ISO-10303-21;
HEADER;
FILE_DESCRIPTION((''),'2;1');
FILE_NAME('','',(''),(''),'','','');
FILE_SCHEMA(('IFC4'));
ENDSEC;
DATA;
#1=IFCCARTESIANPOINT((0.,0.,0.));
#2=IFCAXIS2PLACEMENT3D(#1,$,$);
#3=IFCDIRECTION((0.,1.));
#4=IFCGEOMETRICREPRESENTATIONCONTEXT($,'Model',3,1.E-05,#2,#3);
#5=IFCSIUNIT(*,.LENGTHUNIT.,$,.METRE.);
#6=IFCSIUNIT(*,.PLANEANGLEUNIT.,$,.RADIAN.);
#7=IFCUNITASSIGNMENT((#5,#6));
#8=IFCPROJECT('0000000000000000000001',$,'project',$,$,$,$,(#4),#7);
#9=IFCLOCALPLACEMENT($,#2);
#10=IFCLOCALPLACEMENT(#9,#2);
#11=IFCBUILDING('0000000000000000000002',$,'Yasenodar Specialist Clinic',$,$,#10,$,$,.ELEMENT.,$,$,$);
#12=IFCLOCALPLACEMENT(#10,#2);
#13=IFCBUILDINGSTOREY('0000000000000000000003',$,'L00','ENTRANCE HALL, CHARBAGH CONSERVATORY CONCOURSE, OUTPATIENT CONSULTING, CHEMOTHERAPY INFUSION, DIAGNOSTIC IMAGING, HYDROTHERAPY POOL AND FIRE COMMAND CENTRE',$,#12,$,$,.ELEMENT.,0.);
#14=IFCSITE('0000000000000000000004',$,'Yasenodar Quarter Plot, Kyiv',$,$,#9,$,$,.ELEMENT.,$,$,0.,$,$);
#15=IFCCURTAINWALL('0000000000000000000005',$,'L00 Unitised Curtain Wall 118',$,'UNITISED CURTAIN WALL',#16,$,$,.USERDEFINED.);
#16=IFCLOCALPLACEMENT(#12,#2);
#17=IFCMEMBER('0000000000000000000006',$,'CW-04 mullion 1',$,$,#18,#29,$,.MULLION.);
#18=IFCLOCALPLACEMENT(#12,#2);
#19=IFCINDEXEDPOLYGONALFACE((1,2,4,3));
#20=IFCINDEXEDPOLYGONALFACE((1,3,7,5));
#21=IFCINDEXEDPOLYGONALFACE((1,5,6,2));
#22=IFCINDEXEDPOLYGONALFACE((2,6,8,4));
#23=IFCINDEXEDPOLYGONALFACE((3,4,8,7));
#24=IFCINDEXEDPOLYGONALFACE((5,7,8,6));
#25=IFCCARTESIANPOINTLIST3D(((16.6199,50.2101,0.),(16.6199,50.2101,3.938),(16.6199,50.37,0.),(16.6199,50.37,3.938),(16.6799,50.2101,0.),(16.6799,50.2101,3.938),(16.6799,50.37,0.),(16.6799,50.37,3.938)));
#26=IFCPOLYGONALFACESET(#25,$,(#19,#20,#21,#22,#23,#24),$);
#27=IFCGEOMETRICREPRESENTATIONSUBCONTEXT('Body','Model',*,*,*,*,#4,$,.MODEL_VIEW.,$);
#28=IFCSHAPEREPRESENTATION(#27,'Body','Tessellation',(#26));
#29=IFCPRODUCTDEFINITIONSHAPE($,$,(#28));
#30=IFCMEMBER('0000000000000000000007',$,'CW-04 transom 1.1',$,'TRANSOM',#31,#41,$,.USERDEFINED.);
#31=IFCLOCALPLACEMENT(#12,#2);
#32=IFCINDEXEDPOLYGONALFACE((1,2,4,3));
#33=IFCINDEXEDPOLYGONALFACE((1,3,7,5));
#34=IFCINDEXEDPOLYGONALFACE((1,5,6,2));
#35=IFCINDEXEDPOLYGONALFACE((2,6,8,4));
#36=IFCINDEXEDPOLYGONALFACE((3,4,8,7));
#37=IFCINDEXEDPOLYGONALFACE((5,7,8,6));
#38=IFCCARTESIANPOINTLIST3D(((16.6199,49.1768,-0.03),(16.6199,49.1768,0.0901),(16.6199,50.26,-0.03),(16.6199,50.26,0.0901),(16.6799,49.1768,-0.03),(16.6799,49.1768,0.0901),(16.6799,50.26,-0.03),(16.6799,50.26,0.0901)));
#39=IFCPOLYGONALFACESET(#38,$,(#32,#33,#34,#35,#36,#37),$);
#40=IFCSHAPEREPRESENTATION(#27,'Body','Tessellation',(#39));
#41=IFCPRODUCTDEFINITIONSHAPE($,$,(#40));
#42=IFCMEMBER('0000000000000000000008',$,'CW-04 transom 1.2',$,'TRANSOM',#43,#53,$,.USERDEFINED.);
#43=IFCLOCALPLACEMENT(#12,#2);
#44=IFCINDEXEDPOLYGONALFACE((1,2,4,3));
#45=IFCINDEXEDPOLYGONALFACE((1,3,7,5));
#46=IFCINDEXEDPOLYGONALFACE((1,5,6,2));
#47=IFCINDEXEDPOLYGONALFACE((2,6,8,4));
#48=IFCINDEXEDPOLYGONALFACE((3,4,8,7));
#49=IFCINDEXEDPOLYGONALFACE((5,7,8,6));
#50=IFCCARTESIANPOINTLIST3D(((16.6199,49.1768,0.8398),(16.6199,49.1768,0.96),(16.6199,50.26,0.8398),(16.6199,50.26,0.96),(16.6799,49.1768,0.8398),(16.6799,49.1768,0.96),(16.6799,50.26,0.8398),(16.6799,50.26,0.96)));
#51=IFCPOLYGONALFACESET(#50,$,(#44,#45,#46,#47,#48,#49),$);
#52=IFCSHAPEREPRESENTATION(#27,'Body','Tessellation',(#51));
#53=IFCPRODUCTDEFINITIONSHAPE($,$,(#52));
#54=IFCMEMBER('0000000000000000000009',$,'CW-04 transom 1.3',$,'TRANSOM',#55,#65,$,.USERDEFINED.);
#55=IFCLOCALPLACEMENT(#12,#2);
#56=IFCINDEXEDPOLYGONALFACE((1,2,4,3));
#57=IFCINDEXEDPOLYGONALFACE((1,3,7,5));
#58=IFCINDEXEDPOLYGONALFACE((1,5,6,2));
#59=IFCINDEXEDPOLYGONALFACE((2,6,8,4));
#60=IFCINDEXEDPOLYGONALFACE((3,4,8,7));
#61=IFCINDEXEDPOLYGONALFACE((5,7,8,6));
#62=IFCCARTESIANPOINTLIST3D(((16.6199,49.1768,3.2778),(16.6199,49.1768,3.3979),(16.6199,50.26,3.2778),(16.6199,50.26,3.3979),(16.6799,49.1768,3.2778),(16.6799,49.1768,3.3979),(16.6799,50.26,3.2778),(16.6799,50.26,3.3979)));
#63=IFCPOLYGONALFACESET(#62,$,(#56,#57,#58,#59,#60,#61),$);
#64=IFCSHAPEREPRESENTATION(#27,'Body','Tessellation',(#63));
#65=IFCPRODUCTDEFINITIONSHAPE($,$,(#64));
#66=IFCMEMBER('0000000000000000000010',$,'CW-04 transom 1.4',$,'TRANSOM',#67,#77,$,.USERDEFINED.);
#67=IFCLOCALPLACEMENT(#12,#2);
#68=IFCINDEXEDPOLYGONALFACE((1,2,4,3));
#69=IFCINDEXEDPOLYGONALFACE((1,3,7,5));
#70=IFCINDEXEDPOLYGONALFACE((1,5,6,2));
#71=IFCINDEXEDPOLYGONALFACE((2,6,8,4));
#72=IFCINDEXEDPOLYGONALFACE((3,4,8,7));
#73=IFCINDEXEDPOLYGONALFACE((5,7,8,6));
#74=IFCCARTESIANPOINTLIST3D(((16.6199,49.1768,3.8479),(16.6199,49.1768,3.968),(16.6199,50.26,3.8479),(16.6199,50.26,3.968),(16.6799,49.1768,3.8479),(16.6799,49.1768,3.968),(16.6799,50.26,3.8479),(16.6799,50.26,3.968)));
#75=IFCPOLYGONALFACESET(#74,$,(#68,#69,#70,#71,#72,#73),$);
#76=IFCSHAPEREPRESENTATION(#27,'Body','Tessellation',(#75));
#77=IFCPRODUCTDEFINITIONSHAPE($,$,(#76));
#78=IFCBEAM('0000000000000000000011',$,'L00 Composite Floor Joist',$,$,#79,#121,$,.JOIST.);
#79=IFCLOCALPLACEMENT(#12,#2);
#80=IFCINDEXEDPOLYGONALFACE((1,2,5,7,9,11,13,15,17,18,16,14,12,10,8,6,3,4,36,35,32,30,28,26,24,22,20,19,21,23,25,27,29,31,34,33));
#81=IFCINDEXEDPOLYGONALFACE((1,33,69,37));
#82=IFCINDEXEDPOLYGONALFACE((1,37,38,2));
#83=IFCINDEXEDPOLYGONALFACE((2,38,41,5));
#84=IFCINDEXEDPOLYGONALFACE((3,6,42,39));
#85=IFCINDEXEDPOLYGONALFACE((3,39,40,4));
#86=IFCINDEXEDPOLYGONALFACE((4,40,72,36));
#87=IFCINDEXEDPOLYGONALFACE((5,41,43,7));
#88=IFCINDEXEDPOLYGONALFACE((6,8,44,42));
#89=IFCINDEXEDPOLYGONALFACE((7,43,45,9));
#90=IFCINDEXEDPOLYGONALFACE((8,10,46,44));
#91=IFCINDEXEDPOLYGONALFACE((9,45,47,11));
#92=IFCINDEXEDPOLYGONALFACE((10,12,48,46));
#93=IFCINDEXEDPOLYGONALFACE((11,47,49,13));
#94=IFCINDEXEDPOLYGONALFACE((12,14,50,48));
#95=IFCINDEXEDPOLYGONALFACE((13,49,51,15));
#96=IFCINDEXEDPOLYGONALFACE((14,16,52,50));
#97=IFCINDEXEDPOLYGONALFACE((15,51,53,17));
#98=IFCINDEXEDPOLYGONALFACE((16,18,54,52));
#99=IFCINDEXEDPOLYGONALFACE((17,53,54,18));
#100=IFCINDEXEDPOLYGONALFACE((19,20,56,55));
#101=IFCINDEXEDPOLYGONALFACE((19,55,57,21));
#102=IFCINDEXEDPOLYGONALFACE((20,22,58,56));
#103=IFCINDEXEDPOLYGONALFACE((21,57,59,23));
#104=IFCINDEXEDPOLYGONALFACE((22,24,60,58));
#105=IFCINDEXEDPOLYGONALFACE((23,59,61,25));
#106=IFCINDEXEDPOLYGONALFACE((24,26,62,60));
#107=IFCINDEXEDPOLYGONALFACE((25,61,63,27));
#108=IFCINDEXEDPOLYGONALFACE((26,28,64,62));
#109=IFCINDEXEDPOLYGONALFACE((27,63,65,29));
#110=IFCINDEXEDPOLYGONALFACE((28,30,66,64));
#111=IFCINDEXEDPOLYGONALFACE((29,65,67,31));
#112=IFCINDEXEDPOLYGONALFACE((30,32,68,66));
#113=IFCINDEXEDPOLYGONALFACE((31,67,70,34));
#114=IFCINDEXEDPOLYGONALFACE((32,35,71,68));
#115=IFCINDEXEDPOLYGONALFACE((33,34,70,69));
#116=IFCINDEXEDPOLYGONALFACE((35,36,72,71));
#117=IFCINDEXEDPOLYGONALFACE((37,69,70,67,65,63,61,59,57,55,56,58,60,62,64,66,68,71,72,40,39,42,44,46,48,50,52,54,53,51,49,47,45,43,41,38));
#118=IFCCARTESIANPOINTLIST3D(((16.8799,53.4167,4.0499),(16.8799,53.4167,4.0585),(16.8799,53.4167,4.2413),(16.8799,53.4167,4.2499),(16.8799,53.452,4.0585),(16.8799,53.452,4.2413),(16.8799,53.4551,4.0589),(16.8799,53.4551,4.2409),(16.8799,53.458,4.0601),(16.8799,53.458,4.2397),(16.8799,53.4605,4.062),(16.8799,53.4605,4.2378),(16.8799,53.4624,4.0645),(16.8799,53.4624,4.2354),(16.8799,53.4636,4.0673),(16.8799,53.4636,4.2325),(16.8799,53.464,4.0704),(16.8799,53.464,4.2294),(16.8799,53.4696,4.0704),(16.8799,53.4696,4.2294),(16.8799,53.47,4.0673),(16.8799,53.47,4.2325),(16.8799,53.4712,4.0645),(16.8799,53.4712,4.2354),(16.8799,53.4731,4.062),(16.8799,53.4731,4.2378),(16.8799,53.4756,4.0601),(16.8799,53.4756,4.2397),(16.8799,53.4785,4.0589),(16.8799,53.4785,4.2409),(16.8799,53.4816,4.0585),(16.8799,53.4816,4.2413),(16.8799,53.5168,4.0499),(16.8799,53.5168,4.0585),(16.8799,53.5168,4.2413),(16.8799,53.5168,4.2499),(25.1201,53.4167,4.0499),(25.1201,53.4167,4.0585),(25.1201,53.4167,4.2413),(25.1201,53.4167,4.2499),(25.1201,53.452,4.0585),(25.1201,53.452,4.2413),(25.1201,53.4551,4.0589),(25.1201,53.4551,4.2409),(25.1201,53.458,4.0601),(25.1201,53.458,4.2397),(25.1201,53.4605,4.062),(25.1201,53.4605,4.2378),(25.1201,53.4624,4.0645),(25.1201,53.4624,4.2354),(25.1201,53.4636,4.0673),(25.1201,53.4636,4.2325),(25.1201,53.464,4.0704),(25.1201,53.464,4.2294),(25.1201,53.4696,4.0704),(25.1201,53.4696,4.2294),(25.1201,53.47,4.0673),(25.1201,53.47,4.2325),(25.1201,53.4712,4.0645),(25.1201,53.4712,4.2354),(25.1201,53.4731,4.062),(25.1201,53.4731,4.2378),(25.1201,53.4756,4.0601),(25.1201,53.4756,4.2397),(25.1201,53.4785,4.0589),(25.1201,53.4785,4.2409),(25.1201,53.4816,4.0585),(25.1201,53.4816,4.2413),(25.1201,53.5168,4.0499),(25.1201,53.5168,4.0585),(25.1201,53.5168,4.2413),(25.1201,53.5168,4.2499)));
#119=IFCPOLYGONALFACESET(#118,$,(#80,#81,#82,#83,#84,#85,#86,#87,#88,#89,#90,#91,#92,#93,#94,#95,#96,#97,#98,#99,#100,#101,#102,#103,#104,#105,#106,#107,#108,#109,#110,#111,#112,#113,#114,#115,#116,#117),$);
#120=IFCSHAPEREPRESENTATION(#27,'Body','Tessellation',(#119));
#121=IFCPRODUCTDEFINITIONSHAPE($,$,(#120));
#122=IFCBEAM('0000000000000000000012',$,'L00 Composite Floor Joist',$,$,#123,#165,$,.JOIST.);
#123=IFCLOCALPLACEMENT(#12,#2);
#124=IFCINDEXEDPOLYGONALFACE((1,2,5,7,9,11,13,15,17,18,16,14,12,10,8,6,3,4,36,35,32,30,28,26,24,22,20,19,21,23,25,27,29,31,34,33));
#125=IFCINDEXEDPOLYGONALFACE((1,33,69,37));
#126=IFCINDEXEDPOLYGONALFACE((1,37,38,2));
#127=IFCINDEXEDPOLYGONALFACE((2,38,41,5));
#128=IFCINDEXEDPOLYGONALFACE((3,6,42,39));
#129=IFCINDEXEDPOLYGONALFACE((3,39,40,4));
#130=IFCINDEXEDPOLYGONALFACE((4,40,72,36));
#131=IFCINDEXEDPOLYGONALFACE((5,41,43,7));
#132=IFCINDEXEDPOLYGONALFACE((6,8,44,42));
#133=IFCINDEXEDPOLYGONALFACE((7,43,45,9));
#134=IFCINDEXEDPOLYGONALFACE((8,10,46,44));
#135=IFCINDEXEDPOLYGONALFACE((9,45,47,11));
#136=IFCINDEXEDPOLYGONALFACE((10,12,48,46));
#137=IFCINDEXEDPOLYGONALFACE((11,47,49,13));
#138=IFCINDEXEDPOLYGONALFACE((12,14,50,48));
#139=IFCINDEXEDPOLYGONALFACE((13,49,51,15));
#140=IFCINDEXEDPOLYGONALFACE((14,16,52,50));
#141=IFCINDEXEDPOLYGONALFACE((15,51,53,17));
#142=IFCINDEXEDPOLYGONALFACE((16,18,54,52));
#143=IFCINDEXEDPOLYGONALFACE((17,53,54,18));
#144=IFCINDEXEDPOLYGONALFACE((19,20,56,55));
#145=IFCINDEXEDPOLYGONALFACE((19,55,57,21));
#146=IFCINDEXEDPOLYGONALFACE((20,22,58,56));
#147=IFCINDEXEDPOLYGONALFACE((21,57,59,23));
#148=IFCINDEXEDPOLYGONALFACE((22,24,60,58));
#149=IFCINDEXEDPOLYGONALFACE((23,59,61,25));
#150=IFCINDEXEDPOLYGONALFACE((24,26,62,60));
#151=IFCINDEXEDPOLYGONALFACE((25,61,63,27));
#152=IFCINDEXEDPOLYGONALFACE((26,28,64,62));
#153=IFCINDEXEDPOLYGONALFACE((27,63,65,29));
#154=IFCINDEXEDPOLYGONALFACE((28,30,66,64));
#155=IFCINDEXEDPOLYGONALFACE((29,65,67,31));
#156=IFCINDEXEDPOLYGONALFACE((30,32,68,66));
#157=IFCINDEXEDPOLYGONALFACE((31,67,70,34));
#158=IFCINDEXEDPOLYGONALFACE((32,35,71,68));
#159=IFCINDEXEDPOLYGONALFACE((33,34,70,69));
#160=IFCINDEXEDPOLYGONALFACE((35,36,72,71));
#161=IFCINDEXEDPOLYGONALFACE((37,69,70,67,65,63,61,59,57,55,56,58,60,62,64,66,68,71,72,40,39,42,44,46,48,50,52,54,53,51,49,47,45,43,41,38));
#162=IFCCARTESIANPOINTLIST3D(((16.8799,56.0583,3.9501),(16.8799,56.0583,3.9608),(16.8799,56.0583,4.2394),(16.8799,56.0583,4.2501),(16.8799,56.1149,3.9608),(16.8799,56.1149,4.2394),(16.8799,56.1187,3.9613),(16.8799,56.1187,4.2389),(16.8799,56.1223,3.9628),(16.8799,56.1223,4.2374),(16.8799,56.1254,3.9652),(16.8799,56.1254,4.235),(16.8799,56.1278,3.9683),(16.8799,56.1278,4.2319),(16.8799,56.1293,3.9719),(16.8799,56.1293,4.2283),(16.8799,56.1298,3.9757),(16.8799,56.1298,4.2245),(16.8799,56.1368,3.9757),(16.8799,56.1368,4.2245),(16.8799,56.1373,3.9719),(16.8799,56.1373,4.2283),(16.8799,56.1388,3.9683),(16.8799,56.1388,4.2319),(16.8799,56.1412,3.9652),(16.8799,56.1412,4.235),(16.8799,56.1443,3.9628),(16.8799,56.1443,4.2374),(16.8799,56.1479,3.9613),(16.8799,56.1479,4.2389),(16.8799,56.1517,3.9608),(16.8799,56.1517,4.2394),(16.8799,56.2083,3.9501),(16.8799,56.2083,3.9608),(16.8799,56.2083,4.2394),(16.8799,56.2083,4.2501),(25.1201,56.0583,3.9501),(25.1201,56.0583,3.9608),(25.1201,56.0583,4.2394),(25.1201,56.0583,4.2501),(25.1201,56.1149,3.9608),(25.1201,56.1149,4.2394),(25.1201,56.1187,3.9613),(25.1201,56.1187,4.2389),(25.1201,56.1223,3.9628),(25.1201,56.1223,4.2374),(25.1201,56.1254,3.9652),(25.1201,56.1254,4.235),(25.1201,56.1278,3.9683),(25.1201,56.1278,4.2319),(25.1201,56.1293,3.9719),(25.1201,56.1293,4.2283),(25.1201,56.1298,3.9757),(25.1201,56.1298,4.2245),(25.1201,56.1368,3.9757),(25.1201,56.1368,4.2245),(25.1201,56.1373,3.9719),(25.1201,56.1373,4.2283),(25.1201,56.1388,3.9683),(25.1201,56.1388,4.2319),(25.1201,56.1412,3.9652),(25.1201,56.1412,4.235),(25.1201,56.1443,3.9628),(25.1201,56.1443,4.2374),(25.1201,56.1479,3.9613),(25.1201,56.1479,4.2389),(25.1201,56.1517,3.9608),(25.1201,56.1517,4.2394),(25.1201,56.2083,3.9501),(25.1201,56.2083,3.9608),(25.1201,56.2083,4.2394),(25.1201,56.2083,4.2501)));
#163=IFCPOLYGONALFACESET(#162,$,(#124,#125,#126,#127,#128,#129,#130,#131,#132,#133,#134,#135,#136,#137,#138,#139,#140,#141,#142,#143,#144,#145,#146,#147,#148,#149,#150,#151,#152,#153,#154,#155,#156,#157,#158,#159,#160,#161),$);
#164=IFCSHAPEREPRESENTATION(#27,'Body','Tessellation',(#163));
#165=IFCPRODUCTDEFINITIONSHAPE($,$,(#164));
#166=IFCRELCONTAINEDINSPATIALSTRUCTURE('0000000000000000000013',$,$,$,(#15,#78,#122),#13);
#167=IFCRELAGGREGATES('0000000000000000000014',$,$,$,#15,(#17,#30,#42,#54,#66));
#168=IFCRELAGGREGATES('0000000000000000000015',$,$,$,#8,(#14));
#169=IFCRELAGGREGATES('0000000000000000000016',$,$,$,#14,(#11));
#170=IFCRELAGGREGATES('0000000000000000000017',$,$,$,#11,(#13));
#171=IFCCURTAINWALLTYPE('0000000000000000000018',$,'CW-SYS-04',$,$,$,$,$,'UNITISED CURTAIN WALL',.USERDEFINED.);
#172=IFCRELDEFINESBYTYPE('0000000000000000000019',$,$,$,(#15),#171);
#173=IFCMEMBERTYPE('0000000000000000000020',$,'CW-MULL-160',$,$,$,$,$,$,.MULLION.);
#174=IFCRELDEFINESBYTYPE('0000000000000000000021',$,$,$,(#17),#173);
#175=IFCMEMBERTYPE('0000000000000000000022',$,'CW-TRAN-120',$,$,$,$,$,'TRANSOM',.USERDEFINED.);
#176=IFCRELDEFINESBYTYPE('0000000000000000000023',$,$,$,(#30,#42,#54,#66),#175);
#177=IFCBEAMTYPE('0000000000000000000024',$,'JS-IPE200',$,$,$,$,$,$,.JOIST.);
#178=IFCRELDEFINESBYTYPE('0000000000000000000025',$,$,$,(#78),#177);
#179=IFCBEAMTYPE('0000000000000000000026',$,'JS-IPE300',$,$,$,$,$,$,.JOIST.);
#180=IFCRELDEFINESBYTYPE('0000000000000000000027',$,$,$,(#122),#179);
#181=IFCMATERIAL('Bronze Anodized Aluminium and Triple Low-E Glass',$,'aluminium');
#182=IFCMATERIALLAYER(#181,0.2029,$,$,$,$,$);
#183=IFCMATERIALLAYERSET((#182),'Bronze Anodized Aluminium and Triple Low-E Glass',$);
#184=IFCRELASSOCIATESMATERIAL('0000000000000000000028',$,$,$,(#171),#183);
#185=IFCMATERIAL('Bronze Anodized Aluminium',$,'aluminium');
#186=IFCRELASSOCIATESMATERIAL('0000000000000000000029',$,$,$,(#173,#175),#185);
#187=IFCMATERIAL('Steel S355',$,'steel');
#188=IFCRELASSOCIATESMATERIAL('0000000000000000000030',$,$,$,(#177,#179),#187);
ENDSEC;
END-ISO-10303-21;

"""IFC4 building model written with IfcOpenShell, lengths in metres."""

from ifc_helpers import new_model, si_unit, direction, frame, origin, origin_2d, place, context, subcontext, project, spatial, rectangle, i_section, extrude, material, layer, layer_set, material_profile, profile_set, type_object, element, aggregate, save


model = new_model("IFC4")

# Units and contexts
model_context = context("Model", 3, precision=1e-05, world=origin(), true_north=direction((0.0, 1.0)))
body_context = subcontext(model_context, "Body", "Model", "MODEL_VIEW")
ifc_project = project(units=[si_unit("LENGTHUNIT", "METRE"), si_unit("PLANEANGLEUNIT", "RADIAN")], contexts=[model_context])

# Site, building, storey
site_placement = place(None, origin())
site = spatial("IfcSite", under=ifc_project, at=site_placement, Name="Yasenodar Quarter Plot, Kyiv", CompositionType="ELEMENT", RefElevation=0.0)
building_placement = place(site_placement, origin())
building = spatial("IfcBuilding", under=site, at=building_placement, Name="Yasenodar Specialist Clinic", CompositionType="ELEMENT")
storey_placement = place(building_placement, origin())
storey = spatial("IfcBuildingStorey", under=building, at=storey_placement, Name="L00", Description="ENTRANCE HALL, CHARBAGH CONSERVATORY CONCOURSE, OUTPATIENT CONSULTING, CHEMOTHERAPY INFUSION, DIAGNOSTIC IMAGING, HYDROTHERAPY POOL AND FIRE COMMAND CENTRE", CompositionType="ELEMENT", Elevation=0.0)

# Shared definitions
ifc_material_1 = material(Name="Steel S355", Category="steel")

# Curtain wall, members
ifc_material_2 = material(Name="Bronze Anodized Aluminium and Triple Low-E Glass", Category="aluminium")
ifc_layer_1 = layer(ifc_material_2, 0.2029)
ifc_layer_set_1 = layer_set([ifc_layer_1], Name="Bronze Anodized Aluminium and Triple Low-E Glass")
curtain_wall_type = type_object("IfcCurtainWallType", Name="CW-SYS-04", ElementType="UNITISED CURTAIN WALL", PredefinedType="USERDEFINED", material=ifc_layer_set_1)
curtain_wall_placement = place(storey_placement, origin())
curtain_wall = element("IfcCurtainWall", 1, at=curtain_wall_placement, inside=storey, type_object=curtain_wall_type, Name="L00 Unitised Curtain Wall 118", ObjectType="UNITISED CURTAIN WALL", PredefinedType="USERDEFINED")
ifc_material_3 = material(Name="Bronze Anodized Aluminium", Category="aluminium")
ifc_material_profile_1 = material_profile(ifc_material_3, rectangle(XDim=0.0601, YDim=0.1599, at=origin_2d()), Name="CW-MULL 60x160")
ifc_profile_set_1 = profile_set([ifc_material_profile_1], Name="Bronze Anodized Aluminium")
member_type_1 = type_object("IfcMemberType", Name="CW-MULL-160", PredefinedType="MULLION", material=ifc_profile_set_1)
member_1_placement = place(storey_placement, frame((16.6499, 50.29, 0.0), z_axis=(0.0, 0.0, 1.0), x_axis=(1.0, 0.0, 0.0)))
member_1 = element("IfcMember", 2, at=member_1_placement, type_object=member_type_1, Name="CW-04 mullion 1", PredefinedType="MULLION", context=body_context, shape_type="SweptSolid", body=[
    extrude(rectangle(XDim=0.0601, YDim=0.1599, at=origin_2d()), origin(), (0.0, 0.0, 1.0), 3.938),
])
ifc_material_profile_2 = material_profile(ifc_material_3, rectangle(XDim=0.0601, YDim=0.1201, at=origin_2d()), Name="CW-TRAN 60x120")
ifc_profile_set_2 = profile_set([ifc_material_profile_2], Name="Bronze Anodized Aluminium")
member_type_2 = type_object("IfcMemberType", Name="CW-TRAN-120", ElementType="TRANSOM", PredefinedType="USERDEFINED", material=ifc_profile_set_2)
member_2_placement = place(storey_placement, frame((16.6499, 50.26, 0.03), z_axis=(0.0, -1.0, 0.0), x_axis=(1.0, 0.0, 0.0)))
member_2 = element("IfcMember", 3, at=member_2_placement, type_object=member_type_2, Name="CW-04 transom 1.1", ObjectType="TRANSOM", PredefinedType="USERDEFINED", context=body_context, shape_type="SweptSolid", body=[
    extrude(rectangle(XDim=0.0601, YDim=0.1201, at=origin_2d()), origin(), (0.0, 0.0, 1.0), 1.0833),
])
member_3_placement = place(storey_placement, frame((16.6499, 50.26, 0.8999), z_axis=(0.0, -1.0, 0.0), x_axis=(1.0, 0.0, 0.0)))
member_3 = element("IfcMember", 4, at=member_3_placement, type_object=member_type_2, Name="CW-04 transom 1.2", ObjectType="TRANSOM", PredefinedType="USERDEFINED", context=body_context, shape_type="SweptSolid", body=[
    extrude(rectangle(XDim=0.0601, YDim=0.1201, at=origin_2d()), origin(), (0.0, 0.0, 1.0), 1.0833),
])
member_4_placement = place(storey_placement, frame((16.6499, 50.26, 3.3379), z_axis=(0.0, -1.0, 0.0), x_axis=(1.0, 0.0, 0.0)))
member_4 = element("IfcMember", 5, at=member_4_placement, type_object=member_type_2, Name="CW-04 transom 1.3", ObjectType="TRANSOM", PredefinedType="USERDEFINED", context=body_context, shape_type="SweptSolid", body=[
    extrude(rectangle(XDim=0.0601, YDim=0.1201, at=origin_2d()), origin(), (0.0, 0.0, 1.0), 1.0833),
])
member_5_placement = place(storey_placement, frame((16.6499, 50.26, 3.908), z_axis=(0.0, -1.0, 0.0), x_axis=(1.0, 0.0, 0.0)))
member_5 = element("IfcMember", 6, at=member_5_placement, type_object=member_type_2, Name="CW-04 transom 1.4", ObjectType="TRANSOM", PredefinedType="USERDEFINED", context=body_context, shape_type="SweptSolid", body=[
    extrude(rectangle(XDim=0.0601, YDim=0.1201, at=origin_2d()), origin(), (0.0, 0.0, 1.0), 1.0833),
])

# Beams
ifc_material_profile_3 = material_profile(ifc_material_1, i_section(OverallWidth=0.1001, OverallDepth=0.2, WebThickness=0.0056, FlangeThickness=0.0085, FilletRadius=0.012, at=origin_2d()), Name="IPE 200")
ifc_profile_set_3 = profile_set([ifc_material_profile_3], Name="Steel S355")
beam_type_1 = type_object("IfcBeamType", Name="JS-IPE200", PredefinedType="JOIST", material=ifc_profile_set_3)
beam_1_placement = place(storey_placement, frame((16.8799, 53.4668, 4.1499), z_axis=(1.0, 0.0, 0.0), x_axis=(0.0, 1.0, 0.0)))
element("IfcBeam", 7, at=beam_1_placement, inside=storey, type_object=beam_type_1, Name="L00 Composite Floor Joist", PredefinedType="JOIST", context=body_context, shape_type="SweptSolid", body=[
    extrude(i_section(OverallWidth=0.1001, OverallDepth=0.2, WebThickness=0.0056, FlangeThickness=0.0085, FilletRadius=0.012, at=origin_2d()), origin(), (0.0, 0.0, 1.0), 8.2402),
])
ifc_material_profile_4 = material_profile(ifc_material_1, i_section(OverallWidth=0.1499, OverallDepth=0.3, WebThickness=0.0071, FlangeThickness=0.0107, FilletRadius=0.0149, at=origin_2d()), Name="IPE 300")
ifc_profile_set_4 = profile_set([ifc_material_profile_4], Name="Steel S355")
beam_type_2 = type_object("IfcBeamType", Name="JS-IPE300", PredefinedType="JOIST", material=ifc_profile_set_4)
for number, where, z_axis, x_axis, name in (
    (8, (16.8799, 56.1333, 4.1001), (1.0, 0.0, 0.0), (0.0, 1.0, 0.0), "L00 Composite Floor Joist"),
):
    element("IfcBeam", number, at=place(storey_placement, frame(where, z_axis=z_axis, x_axis=x_axis)), inside=storey, type_object=beam_type_2, Name=name, PredefinedType="JOIST", context=body_context, shape_type="SweptSolid", body=[
        extrude(i_section(OverallWidth=0.1499, OverallDepth=0.3, WebThickness=0.0071, FlangeThickness=0.0107, FilletRadius=0.0149, at=origin_2d()), origin(), (0.0, 0.0, 1.0), 8.2402),
    ])

aggregate(curtain_wall, [member_1, member_2, member_3, member_4, member_5])

save(model, "model.ifc")
